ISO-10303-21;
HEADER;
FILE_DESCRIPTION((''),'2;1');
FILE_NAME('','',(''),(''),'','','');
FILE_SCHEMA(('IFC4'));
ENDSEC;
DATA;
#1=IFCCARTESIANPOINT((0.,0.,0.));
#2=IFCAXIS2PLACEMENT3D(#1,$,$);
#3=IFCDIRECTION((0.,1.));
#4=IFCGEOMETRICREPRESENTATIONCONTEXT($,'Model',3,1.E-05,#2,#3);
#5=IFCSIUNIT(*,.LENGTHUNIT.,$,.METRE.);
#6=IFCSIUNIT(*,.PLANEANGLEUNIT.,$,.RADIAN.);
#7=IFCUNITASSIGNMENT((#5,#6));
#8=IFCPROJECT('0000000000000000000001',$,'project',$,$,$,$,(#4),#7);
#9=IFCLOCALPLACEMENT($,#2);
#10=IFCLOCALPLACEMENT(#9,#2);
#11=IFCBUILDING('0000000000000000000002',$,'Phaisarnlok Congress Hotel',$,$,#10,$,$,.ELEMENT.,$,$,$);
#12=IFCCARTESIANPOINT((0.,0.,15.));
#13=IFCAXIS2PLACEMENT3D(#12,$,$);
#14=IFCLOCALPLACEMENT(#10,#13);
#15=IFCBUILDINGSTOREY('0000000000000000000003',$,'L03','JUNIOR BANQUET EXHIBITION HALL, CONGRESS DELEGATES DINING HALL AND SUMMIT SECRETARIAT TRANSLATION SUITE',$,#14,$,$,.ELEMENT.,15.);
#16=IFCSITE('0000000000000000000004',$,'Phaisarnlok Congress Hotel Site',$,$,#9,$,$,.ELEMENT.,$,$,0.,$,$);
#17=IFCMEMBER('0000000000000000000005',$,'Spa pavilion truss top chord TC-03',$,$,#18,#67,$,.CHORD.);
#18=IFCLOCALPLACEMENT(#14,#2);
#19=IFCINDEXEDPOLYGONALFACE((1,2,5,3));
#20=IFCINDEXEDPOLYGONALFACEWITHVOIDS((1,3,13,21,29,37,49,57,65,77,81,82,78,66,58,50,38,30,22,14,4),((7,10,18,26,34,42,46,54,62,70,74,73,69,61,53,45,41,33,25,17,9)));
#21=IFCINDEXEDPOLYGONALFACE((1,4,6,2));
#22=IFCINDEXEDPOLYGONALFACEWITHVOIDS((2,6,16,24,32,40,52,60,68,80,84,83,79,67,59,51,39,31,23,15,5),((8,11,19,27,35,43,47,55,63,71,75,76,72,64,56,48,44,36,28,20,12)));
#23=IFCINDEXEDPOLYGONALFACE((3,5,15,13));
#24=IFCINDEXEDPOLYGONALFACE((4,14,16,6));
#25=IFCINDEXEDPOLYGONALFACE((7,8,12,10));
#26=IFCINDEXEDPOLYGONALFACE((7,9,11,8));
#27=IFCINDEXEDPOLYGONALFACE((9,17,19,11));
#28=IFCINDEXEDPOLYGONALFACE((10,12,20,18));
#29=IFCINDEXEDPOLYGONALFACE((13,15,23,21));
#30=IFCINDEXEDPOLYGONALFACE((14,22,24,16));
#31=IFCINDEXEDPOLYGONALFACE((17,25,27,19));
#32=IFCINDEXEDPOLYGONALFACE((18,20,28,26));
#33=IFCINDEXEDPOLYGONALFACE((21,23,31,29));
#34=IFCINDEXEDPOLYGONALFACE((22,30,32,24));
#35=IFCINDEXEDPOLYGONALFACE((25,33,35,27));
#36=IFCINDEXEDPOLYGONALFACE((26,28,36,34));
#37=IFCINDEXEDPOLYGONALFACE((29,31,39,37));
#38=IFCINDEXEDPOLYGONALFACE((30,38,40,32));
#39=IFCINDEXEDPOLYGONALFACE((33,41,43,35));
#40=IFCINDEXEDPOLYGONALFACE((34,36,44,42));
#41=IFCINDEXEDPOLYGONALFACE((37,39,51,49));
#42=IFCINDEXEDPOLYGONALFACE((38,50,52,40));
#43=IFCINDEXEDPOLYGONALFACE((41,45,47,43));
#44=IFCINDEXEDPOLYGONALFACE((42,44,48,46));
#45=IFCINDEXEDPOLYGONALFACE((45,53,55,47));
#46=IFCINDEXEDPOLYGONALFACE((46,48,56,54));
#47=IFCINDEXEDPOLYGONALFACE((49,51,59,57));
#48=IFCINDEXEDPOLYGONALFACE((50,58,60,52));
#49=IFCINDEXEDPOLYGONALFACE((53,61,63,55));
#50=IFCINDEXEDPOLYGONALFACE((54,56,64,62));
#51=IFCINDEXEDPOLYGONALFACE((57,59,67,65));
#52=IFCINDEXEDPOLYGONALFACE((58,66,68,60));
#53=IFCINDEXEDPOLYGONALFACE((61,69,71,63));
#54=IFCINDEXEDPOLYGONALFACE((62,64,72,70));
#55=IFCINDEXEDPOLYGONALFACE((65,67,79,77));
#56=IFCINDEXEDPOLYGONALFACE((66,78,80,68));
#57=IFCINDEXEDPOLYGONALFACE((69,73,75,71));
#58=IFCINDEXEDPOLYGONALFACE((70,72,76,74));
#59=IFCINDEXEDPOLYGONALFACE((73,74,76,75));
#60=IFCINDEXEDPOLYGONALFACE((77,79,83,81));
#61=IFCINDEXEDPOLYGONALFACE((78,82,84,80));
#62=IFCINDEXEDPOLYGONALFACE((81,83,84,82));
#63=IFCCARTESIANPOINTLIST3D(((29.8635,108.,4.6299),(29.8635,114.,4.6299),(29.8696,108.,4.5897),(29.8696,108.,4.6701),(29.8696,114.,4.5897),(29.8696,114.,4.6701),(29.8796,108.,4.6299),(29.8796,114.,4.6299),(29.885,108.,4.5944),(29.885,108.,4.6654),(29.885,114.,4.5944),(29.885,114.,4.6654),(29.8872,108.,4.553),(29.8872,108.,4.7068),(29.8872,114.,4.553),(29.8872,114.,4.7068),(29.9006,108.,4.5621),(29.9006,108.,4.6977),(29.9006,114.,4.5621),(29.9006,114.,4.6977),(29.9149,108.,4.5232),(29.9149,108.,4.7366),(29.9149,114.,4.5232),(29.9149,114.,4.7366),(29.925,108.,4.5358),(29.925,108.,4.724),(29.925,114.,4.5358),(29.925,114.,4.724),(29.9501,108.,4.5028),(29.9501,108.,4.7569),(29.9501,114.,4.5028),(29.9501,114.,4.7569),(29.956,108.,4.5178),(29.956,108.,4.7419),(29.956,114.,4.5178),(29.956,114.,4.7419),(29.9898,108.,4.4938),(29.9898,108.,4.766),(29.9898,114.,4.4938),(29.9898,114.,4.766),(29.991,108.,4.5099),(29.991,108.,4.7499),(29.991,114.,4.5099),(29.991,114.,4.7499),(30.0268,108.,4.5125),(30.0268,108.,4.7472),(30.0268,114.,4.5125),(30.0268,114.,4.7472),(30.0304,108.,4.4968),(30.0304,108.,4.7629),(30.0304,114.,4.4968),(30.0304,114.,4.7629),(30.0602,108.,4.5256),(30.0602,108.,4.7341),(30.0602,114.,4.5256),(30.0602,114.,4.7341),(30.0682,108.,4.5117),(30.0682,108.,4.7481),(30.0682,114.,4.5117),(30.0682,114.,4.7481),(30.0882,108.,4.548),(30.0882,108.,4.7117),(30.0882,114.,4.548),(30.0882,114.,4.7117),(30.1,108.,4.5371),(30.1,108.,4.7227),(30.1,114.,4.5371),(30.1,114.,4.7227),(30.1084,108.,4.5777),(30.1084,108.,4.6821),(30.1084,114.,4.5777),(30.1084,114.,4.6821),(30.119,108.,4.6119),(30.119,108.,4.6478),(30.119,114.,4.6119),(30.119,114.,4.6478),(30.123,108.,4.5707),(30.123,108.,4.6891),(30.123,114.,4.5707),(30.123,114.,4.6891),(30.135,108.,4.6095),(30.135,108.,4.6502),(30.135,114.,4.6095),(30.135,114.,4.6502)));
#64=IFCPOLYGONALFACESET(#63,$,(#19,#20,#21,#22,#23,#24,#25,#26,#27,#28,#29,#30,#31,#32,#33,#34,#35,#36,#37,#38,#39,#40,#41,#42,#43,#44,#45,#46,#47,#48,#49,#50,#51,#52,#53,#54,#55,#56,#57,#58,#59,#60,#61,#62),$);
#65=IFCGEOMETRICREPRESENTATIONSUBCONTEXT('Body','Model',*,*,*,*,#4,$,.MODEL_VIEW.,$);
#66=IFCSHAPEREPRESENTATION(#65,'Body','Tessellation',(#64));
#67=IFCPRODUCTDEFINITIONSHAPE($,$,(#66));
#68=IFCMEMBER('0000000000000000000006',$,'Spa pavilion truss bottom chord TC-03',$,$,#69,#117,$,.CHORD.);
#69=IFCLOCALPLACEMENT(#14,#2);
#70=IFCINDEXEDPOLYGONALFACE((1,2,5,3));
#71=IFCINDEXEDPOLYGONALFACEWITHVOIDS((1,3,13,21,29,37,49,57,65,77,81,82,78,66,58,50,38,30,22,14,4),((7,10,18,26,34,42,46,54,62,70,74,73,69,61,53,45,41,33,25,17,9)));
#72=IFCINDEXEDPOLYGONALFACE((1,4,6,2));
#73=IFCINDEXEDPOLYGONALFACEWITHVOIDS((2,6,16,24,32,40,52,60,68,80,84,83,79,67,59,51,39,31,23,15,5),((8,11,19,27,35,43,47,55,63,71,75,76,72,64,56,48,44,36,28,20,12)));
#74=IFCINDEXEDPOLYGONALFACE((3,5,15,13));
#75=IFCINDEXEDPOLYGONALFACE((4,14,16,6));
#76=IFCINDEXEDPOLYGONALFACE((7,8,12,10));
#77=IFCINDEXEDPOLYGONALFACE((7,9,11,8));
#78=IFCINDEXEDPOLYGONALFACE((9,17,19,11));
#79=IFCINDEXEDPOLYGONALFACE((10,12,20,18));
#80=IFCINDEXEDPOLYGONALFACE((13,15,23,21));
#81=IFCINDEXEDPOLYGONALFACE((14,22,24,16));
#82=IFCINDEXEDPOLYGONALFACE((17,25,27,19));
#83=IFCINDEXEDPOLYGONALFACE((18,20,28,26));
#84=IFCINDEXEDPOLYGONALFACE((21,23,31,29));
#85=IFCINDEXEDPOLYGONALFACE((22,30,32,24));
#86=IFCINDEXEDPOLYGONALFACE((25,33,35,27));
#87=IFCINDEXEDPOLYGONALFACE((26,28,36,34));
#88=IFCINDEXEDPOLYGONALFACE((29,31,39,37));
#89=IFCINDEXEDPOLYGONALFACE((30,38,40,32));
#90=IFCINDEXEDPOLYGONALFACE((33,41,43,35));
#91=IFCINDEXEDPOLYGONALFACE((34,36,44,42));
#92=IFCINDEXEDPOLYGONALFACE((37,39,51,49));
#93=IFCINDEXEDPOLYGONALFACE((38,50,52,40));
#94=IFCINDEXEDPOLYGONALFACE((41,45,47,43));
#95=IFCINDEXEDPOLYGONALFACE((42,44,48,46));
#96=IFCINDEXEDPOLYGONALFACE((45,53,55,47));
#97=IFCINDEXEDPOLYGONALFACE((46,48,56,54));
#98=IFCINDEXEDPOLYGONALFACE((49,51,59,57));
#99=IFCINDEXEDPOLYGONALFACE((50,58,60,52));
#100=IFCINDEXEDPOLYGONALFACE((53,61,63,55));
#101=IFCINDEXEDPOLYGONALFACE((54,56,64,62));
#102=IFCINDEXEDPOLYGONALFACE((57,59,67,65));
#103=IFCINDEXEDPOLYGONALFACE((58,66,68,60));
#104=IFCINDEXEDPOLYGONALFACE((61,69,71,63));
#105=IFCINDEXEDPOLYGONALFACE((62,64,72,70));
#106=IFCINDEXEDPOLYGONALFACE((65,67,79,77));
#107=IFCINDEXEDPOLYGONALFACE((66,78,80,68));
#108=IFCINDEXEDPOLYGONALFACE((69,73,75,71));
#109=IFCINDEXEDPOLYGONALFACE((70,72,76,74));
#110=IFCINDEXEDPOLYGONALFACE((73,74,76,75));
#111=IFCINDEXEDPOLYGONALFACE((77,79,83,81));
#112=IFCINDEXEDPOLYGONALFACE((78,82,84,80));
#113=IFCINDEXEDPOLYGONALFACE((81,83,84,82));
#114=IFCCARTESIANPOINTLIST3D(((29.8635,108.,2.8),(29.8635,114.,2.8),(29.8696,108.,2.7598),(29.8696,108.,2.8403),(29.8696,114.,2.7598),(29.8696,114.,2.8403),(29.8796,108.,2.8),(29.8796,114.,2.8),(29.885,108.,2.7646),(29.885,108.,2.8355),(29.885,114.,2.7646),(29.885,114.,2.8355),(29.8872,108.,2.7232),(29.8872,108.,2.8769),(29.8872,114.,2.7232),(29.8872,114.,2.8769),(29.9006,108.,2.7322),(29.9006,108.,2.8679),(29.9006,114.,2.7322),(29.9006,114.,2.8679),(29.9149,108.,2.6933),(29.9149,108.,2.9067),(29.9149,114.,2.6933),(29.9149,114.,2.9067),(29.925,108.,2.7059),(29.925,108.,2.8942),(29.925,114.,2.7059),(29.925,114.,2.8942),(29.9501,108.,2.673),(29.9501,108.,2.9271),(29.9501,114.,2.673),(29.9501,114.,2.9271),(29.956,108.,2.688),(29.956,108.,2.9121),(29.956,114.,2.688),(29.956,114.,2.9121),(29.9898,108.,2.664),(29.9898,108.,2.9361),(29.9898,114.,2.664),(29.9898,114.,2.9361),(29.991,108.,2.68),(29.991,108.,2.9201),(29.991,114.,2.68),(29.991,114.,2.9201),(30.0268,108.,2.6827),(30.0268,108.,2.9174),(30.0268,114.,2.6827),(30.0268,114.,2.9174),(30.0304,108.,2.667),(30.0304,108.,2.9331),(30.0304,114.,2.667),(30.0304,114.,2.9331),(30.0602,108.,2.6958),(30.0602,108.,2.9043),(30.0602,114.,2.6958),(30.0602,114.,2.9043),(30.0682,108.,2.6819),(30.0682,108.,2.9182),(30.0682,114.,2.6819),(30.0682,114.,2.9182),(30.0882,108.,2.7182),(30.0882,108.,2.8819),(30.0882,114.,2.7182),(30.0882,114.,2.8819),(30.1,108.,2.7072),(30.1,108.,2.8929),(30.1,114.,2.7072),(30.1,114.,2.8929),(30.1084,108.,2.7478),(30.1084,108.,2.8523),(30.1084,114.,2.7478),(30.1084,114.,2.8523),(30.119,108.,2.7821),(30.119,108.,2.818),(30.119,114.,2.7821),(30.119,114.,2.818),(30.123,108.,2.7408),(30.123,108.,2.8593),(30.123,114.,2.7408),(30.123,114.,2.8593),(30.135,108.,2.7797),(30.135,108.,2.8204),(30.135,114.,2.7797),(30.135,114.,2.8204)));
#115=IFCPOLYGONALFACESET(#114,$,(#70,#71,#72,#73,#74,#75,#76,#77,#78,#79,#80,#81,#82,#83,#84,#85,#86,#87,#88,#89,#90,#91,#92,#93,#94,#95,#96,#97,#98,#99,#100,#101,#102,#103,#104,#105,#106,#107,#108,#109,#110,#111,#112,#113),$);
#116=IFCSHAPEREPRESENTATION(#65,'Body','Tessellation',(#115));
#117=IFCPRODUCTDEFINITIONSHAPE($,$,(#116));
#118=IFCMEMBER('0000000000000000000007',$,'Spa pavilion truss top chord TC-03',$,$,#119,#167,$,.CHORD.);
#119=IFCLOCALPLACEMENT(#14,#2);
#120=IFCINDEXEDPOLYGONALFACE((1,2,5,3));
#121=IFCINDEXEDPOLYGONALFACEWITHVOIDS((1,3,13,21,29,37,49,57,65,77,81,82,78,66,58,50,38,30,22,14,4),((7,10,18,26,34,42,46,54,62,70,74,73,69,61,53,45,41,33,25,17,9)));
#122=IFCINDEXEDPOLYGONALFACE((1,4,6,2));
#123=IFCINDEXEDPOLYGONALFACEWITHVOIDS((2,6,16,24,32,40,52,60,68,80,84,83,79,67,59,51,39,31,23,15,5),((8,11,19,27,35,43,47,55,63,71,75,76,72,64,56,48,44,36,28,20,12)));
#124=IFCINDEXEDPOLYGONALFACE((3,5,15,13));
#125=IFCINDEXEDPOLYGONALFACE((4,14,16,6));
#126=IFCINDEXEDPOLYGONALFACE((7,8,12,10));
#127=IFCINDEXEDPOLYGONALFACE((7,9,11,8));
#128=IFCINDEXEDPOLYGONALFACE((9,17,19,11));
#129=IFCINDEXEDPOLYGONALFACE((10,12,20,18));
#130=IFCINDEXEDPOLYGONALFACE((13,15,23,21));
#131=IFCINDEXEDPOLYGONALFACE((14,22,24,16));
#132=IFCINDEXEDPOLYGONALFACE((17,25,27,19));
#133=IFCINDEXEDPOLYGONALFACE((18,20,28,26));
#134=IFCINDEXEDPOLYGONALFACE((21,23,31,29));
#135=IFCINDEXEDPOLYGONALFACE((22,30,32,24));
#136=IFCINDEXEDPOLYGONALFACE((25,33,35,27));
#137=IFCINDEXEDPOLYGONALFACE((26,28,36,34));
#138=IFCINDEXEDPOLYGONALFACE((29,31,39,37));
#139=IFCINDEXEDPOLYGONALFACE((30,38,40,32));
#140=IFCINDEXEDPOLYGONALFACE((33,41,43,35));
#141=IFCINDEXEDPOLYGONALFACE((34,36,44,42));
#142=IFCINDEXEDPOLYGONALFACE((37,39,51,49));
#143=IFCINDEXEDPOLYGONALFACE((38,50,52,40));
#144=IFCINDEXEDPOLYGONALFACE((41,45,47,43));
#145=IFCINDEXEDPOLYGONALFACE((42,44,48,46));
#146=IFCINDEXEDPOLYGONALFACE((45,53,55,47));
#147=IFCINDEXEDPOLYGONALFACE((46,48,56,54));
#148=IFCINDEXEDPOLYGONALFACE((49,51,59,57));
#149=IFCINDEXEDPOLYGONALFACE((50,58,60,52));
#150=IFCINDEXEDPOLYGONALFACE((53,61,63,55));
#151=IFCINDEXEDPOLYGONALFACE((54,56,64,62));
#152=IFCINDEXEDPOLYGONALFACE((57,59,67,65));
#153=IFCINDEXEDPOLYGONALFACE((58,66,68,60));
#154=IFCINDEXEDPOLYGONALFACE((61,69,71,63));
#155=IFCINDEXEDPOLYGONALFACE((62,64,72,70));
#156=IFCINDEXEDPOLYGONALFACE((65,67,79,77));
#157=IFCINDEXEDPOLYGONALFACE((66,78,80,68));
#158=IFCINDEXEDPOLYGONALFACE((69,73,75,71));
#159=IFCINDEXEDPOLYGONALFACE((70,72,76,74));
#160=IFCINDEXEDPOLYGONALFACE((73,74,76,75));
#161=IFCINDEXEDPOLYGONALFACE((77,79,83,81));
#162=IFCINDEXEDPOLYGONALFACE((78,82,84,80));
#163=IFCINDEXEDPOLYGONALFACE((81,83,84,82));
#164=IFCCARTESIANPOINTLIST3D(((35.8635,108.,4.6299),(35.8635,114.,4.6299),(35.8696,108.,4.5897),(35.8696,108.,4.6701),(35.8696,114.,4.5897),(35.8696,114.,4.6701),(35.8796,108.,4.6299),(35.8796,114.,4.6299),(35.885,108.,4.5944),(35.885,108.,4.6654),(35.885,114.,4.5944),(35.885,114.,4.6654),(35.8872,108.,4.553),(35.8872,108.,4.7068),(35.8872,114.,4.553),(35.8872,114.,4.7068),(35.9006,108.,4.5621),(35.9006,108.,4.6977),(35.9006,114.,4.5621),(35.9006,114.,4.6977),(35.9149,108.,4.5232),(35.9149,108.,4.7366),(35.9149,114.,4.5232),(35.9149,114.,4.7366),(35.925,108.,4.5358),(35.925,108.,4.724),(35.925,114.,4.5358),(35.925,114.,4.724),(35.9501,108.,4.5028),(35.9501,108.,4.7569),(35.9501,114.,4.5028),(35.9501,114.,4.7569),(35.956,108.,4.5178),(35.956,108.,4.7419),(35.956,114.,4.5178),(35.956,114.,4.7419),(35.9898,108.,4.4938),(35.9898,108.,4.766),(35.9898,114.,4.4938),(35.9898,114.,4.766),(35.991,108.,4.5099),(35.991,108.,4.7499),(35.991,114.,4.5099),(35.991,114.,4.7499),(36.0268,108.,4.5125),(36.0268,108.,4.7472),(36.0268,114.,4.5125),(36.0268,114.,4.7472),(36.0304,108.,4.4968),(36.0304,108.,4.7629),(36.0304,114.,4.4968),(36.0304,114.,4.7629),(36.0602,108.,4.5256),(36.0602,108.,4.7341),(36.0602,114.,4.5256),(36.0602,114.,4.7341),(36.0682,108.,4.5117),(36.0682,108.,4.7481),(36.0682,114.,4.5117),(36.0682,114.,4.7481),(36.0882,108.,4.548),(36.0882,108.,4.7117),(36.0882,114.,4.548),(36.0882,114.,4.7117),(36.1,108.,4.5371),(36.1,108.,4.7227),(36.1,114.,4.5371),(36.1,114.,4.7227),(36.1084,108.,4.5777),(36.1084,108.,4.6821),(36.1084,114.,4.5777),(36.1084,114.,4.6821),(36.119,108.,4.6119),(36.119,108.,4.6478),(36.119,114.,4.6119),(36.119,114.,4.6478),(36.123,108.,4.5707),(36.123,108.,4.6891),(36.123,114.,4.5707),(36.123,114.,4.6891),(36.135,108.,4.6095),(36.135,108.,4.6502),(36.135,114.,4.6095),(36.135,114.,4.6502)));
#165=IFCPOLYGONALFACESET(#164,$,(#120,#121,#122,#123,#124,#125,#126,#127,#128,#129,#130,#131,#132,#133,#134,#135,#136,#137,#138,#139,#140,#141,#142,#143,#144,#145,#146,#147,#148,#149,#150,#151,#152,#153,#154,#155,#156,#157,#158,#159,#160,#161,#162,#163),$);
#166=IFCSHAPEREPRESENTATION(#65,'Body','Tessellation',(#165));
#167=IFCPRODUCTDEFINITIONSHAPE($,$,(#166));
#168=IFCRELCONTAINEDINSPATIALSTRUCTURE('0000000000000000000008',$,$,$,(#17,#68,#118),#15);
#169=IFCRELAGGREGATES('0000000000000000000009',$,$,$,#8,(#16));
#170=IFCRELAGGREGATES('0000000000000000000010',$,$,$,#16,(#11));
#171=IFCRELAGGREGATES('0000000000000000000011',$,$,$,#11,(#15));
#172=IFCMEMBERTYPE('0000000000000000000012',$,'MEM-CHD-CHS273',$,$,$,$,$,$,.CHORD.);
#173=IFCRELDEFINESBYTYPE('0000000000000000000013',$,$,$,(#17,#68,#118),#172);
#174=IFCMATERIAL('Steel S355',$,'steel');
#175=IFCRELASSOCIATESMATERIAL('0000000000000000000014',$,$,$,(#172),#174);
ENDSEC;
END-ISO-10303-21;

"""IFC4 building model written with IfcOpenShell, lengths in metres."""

from ifc_helpers import new_model, si_unit, direction, frame, origin, origin_2d, place, context, subcontext, project, spatial, hollow_circle, extrude, material, material_profile, profile_set, type_object, element, save


model = new_model("IFC4")

# Units and contexts
model_context = context("Model", 3, precision=1e-05, world=origin(), true_north=direction((0.0, 1.0)))
body_context = subcontext(model_context, "Body", "Model", "MODEL_VIEW")
ifc_project = project(units=[si_unit("LENGTHUNIT", "METRE"), si_unit("PLANEANGLEUNIT", "RADIAN")], contexts=[model_context])

# Site, building, storey
site_placement = place(None, origin())
site = spatial("IfcSite", under=ifc_project, at=site_placement, Name="Phaisarnlok Congress Hotel Site", CompositionType="ELEMENT", RefElevation=0.0)
building_placement = place(site_placement, origin())
building = spatial("IfcBuilding", under=site, at=building_placement, Name="Phaisarnlok Congress Hotel", CompositionType="ELEMENT")
storey_placement = place(building_placement, frame((0.0, 0.0, 15.0)))
storey = spatial("IfcBuildingStorey", under=building, at=storey_placement, Name="L03", Description="JUNIOR BANQUET EXHIBITION HALL, CONGRESS DELEGATES DINING HALL AND SUMMIT SECRETARIAT TRANSLATION SUITE", CompositionType="ELEMENT", Elevation=15.0)

# Members
ifc_material_1 = material(Name="Steel S355", Category="steel")
ifc_material_profile_1 = material_profile(ifc_material_1, hollow_circle(Radius=0.1365, WallThickness=0.0161, at=origin_2d()), Name="CHS 273x16")
ifc_profile_set_1 = profile_set([ifc_material_profile_1], Name="Steel S355")
member_type_1 = type_object("IfcMemberType", Name="MEM-CHD-CHS273", PredefinedType="CHORD", material=ifc_profile_set_1)
for number, where, z_axis, x_axis, name in (
    (1, (30.0, 108.0, 4.6299), (0.0, 1.0, 0.0), (-1.0, 0.0, 0.0), "Spa pavilion truss top chord TC-03"),
    (2, (30.0, 108.0, 2.8), (0.0, 1.0, 0.0), (-1.0, 0.0, 0.0), "Spa pavilion truss bottom chord TC-03"),
    (3, (36.0, 108.0, 4.6299), (0.0, 1.0, 0.0), (-1.0, 0.0, 0.0), "Spa pavilion truss top chord TC-03"),
):
    element("IfcMember", number, at=place(storey_placement, frame(where, z_axis=z_axis, x_axis=x_axis)), inside=storey, type_object=member_type_1, Name=name, PredefinedType="CHORD", context=body_context, shape_type="SweptSolid", body=[
        extrude(hollow_circle(Radius=0.1365, WallThickness=0.0161, at=origin_2d()), origin(), (0.0, 0.0, 1.0), 6.0),
    ])

save(model, "model.ifc")
